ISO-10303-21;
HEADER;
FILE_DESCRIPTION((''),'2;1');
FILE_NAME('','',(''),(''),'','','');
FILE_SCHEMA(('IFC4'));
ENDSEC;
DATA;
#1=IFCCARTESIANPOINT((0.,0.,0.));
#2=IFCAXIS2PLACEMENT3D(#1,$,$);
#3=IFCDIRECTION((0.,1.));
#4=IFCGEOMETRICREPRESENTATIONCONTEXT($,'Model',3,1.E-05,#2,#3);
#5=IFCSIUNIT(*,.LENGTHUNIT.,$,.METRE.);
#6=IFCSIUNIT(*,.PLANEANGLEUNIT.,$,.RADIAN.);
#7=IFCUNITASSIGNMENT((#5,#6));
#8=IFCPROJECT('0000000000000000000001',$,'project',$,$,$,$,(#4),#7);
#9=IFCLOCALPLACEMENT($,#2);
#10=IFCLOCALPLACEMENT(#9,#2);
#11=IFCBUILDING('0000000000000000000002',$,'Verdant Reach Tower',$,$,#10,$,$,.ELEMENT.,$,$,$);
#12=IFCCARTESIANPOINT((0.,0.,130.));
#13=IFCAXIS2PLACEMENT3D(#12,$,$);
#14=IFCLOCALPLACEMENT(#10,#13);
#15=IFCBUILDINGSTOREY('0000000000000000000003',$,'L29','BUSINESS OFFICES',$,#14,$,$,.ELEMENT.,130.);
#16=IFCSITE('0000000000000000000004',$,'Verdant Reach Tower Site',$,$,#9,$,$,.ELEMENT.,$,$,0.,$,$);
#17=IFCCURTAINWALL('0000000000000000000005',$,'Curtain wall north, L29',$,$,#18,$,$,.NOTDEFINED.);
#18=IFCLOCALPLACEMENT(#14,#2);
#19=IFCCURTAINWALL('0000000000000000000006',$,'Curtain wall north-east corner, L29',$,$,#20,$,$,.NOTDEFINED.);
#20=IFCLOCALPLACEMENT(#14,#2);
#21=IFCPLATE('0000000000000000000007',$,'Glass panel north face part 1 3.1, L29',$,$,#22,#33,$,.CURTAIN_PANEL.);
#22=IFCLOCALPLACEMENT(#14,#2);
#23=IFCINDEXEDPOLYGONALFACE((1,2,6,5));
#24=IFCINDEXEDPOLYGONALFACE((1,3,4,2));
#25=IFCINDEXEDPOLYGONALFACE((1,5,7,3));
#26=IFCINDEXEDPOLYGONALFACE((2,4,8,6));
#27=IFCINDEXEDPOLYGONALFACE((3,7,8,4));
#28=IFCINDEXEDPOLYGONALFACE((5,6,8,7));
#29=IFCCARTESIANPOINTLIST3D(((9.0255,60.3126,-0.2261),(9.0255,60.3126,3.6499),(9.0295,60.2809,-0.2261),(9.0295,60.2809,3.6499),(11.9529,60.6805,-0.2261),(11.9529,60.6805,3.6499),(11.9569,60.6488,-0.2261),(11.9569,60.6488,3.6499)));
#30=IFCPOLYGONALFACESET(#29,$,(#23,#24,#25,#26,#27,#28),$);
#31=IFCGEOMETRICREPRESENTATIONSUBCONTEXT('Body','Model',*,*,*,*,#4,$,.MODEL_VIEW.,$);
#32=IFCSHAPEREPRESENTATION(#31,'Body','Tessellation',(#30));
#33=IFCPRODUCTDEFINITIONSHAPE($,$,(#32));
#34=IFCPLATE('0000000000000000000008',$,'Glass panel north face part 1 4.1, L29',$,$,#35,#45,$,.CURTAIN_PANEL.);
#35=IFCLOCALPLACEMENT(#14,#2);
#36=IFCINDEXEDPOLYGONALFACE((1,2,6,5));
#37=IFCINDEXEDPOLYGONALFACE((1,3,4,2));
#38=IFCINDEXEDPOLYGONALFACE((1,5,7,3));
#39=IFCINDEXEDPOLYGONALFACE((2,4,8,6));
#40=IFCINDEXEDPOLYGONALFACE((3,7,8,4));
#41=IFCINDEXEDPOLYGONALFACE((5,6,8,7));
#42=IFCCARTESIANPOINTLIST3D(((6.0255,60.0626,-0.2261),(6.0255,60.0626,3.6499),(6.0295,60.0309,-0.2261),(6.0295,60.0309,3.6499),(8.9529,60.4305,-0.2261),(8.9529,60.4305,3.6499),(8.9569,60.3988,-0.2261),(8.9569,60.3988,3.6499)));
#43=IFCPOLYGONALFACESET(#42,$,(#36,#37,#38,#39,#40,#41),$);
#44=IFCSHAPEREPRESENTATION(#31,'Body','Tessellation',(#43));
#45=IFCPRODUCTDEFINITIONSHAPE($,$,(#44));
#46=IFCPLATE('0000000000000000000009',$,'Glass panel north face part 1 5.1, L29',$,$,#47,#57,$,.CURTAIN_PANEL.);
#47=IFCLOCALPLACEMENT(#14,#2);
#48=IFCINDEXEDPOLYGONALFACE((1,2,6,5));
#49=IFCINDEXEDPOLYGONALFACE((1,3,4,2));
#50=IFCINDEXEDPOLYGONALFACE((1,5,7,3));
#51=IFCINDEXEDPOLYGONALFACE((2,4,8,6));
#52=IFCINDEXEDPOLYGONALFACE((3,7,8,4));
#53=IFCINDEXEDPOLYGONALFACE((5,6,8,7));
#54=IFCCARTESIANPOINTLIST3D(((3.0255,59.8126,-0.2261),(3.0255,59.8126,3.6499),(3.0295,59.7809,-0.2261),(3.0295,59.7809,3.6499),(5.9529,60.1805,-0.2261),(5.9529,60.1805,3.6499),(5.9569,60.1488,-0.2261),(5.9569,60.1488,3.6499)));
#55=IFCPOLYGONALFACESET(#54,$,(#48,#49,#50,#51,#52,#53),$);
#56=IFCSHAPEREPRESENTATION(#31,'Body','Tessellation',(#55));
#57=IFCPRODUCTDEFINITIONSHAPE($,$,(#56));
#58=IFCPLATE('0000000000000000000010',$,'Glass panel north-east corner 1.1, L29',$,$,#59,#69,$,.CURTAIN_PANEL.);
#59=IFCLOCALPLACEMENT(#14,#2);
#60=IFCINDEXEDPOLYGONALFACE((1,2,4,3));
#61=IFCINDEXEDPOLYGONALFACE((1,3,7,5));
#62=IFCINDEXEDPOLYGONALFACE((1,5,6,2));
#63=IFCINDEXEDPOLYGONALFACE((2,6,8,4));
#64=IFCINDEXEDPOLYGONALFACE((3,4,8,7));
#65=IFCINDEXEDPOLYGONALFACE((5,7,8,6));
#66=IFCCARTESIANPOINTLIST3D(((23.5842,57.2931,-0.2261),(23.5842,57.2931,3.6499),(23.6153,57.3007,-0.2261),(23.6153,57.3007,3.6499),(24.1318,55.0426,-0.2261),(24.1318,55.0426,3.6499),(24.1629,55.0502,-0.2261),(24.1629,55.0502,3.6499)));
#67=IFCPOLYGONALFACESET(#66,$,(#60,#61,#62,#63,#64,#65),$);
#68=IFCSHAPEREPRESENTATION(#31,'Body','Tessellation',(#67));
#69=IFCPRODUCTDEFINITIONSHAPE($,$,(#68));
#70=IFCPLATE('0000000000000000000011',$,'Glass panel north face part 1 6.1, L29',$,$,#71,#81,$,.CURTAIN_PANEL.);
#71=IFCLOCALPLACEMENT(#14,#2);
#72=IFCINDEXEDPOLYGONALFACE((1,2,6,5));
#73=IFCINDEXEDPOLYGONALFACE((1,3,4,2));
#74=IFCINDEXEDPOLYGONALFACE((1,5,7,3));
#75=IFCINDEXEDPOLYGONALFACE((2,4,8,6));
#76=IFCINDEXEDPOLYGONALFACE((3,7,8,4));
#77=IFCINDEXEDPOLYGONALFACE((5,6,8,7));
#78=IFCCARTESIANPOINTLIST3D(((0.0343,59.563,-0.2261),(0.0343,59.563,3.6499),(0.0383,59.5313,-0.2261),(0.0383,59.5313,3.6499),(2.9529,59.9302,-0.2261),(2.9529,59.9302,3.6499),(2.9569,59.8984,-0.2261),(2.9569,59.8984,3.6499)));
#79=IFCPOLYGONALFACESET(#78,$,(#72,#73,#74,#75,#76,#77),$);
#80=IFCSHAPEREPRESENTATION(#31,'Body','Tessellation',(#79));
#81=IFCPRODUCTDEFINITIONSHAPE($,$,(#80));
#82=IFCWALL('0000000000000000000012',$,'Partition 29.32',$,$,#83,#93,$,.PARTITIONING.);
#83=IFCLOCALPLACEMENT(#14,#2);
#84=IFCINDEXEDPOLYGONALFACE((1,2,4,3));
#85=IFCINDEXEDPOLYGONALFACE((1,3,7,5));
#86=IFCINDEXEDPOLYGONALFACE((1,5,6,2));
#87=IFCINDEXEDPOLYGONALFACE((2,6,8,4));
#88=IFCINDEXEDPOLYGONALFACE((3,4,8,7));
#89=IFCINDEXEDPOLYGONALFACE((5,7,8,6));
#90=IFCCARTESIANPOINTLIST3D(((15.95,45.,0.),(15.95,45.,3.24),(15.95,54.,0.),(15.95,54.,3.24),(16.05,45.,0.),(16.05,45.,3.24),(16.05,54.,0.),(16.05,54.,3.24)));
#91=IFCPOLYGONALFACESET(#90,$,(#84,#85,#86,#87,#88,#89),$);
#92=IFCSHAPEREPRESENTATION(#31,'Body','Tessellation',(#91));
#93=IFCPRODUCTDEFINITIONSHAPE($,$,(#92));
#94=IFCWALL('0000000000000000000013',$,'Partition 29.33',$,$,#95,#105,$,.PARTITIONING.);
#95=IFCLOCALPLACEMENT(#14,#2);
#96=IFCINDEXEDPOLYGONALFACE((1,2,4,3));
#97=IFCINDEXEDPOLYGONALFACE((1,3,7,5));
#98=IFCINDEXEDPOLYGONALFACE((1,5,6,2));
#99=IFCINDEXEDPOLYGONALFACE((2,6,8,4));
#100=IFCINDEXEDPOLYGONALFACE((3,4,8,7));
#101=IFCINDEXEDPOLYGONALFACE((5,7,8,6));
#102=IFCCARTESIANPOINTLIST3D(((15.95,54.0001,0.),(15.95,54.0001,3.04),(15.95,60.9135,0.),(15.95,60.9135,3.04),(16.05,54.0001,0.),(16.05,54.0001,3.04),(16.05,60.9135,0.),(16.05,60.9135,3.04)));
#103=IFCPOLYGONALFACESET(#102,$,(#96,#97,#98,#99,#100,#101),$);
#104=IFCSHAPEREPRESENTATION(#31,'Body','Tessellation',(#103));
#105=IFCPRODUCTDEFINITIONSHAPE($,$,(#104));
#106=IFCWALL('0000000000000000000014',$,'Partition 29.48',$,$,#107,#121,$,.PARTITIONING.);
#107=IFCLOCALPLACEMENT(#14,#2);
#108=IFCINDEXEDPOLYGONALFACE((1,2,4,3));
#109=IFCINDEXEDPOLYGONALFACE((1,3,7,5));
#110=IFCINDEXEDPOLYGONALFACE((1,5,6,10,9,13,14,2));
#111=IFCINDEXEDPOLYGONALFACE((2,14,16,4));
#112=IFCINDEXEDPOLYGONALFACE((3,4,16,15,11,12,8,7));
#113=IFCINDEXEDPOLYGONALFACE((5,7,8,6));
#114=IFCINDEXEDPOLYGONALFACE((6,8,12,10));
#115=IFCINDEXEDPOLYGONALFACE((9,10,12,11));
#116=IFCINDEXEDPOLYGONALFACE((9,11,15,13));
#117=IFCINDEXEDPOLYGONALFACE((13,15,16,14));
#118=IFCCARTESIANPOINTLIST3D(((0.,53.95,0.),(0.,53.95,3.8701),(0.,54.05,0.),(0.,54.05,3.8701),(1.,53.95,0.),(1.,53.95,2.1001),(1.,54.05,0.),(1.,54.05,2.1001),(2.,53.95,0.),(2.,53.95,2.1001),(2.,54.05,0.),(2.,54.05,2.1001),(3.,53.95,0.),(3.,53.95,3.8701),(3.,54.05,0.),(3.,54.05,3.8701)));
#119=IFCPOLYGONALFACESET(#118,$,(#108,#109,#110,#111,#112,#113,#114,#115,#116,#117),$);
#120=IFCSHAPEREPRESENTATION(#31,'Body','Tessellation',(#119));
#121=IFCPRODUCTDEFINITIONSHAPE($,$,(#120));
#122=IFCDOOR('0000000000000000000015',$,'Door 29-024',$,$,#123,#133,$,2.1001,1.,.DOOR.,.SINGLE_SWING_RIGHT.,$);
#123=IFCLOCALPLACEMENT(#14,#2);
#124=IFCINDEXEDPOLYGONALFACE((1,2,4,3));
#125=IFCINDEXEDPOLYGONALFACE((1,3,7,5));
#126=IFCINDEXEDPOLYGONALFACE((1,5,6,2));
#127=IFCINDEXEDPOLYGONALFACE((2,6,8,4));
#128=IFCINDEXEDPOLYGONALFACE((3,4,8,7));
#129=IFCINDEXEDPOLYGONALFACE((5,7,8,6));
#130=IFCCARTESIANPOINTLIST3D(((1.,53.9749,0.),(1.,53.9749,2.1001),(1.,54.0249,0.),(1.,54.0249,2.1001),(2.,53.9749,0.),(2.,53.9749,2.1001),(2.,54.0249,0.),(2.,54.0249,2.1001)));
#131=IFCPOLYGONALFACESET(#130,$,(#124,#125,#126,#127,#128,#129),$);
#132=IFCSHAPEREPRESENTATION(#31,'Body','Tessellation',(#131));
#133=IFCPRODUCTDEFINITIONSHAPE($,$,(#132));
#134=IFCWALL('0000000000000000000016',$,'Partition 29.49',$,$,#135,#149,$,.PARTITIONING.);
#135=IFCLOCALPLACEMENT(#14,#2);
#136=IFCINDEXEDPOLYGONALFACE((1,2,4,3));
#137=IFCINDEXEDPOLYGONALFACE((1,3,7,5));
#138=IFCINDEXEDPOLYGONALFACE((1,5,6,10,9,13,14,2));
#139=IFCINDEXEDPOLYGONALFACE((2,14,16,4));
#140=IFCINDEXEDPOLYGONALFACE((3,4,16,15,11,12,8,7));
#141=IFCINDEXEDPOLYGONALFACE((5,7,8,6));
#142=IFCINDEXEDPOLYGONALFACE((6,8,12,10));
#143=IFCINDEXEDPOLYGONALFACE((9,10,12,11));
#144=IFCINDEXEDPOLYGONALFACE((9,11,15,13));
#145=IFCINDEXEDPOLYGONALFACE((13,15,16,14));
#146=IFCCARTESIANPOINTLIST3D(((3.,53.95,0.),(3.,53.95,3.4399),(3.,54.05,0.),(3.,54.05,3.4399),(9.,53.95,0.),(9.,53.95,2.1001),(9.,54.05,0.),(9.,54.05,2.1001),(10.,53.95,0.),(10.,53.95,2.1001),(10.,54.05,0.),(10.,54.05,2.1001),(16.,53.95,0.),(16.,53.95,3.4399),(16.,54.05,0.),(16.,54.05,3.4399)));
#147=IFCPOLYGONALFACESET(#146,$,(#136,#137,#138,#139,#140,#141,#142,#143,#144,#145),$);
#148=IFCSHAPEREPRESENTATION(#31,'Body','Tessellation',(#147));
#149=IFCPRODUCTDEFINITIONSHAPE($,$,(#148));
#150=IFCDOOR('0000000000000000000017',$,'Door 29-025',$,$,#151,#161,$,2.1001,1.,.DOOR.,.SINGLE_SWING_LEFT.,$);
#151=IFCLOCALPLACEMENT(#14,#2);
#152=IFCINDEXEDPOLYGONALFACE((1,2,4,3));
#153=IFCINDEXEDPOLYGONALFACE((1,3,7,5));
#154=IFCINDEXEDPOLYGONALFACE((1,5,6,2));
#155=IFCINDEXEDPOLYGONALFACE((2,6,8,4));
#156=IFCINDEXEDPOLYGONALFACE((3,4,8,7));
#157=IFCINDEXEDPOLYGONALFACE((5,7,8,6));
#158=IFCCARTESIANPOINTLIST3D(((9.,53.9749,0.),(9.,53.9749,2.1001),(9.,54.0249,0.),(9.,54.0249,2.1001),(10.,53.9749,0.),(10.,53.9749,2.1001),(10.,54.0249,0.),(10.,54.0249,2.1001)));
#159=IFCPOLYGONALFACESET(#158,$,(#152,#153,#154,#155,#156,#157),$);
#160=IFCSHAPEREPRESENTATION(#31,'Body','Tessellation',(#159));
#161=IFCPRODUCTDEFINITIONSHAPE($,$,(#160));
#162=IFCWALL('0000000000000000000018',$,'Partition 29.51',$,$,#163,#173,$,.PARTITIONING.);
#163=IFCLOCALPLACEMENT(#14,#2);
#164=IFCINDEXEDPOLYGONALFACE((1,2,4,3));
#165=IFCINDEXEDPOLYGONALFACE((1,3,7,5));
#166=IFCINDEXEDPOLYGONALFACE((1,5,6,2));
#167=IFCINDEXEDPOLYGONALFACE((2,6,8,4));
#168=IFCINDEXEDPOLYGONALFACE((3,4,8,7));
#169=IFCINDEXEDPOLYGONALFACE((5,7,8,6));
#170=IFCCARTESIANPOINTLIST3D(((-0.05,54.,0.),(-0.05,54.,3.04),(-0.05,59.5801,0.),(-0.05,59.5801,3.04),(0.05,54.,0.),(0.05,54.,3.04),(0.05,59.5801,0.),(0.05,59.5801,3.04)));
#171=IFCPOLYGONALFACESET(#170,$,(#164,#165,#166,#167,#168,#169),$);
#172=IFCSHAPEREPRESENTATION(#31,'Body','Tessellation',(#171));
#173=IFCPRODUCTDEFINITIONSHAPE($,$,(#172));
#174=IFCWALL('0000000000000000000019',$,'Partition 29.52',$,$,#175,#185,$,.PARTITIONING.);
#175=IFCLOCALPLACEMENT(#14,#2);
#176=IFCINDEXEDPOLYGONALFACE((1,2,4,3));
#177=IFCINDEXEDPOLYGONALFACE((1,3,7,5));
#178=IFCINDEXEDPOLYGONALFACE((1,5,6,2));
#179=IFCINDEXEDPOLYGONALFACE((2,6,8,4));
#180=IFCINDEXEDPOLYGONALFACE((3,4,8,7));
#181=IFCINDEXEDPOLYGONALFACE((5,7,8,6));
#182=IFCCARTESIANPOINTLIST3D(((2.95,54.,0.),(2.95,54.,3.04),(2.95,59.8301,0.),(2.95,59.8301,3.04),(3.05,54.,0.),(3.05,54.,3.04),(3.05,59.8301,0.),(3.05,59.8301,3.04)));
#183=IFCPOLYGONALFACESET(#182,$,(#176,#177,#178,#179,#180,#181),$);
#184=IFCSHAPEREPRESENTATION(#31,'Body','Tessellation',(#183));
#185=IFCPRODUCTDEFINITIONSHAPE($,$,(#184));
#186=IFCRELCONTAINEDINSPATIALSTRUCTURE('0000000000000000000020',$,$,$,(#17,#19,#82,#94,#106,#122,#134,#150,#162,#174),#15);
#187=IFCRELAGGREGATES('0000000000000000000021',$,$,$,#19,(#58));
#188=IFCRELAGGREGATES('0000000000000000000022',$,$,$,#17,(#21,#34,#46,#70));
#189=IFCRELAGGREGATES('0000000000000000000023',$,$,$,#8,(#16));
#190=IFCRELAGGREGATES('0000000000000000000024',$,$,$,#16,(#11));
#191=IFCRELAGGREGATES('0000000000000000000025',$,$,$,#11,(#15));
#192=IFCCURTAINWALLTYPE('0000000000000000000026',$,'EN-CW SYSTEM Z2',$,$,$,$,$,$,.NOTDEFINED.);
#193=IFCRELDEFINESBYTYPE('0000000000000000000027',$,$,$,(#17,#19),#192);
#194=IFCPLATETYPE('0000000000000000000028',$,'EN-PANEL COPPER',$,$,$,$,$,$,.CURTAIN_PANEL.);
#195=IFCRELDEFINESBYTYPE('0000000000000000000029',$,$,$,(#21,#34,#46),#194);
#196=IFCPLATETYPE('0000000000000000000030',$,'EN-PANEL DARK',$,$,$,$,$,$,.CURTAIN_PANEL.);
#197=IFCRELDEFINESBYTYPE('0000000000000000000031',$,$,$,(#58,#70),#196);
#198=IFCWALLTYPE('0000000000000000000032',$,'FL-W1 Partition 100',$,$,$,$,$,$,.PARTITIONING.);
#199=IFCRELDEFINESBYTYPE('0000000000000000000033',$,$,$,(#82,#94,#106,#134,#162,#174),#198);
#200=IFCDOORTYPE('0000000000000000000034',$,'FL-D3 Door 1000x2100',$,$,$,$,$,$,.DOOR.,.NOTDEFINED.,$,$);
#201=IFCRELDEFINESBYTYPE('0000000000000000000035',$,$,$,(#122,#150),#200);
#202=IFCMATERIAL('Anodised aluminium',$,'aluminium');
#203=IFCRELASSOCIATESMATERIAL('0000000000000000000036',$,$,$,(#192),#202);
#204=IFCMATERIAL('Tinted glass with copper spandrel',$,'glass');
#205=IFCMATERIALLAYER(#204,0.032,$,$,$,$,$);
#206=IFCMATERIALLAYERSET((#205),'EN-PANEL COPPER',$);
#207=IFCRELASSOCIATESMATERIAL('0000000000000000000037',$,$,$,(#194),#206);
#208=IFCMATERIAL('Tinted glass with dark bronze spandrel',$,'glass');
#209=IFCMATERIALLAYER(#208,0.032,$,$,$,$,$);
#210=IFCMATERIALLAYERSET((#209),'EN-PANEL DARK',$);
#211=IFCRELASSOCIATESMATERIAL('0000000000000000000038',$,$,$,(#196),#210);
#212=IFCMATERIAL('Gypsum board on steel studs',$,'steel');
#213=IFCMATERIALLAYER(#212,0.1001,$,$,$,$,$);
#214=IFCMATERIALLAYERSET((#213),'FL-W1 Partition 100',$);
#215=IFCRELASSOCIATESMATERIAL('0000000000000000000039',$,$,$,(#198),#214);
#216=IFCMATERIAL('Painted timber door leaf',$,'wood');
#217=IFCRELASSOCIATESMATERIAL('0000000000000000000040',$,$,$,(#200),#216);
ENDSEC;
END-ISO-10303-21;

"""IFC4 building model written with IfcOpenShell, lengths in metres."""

from ifc_helpers import new_model, si_unit, direction, frame, frame_2d, origin, origin_2d, place, context, subcontext, project, spatial, rectangle, extrude, material, layer, layer_set, type_object, element, fill, aggregate, save


model = new_model("IFC4")

# Units and contexts
model_context = context("Model", 3, precision=1e-05, world=origin(), true_north=direction((0.0, 1.0)))
body_context = subcontext(model_context, "Body", "Model", "MODEL_VIEW")
ifc_project = project(units=[si_unit("LENGTHUNIT", "METRE"), si_unit("PLANEANGLEUNIT", "RADIAN")], contexts=[model_context])

# Site, building, storey
site_placement = place(None, origin())
site = spatial("IfcSite", under=ifc_project, at=site_placement, Name="Verdant Reach Tower Site", CompositionType="ELEMENT", RefElevation=0.0)
building_placement = place(site_placement, origin())
building = spatial("IfcBuilding", under=site, at=building_placement, Name="Verdant Reach Tower", CompositionType="ELEMENT")
storey_placement = place(building_placement, frame((0.0, 0.0, 130.0)))
storey = spatial("IfcBuildingStorey", under=building, at=storey_placement, Name="L29", Description="BUSINESS OFFICES", CompositionType="ELEMENT", Elevation=130.0)

# Curtain wall
ifc_material_1 = material(Name="Anodised aluminium", Category="aluminium")
curtain_wall_type = type_object("IfcCurtainWallType", Name="EN-CW SYSTEM Z2", PredefinedType="NOTDEFINED", material=ifc_material_1)
curtain_wall_1_placement = place(storey_placement, origin())
curtain_wall_1 = element("IfcCurtainWall", 1, at=curtain_wall_1_placement, inside=storey, type_object=curtain_wall_type, Name="Curtain wall north, L29", PredefinedType="NOTDEFINED")

# Curtain wall
curtain_wall_2_placement = place(storey_placement, origin())
curtain_wall_2 = element("IfcCurtainWall", 2, at=curtain_wall_2_placement, inside=storey, type_object=curtain_wall_type, Name="Curtain wall north-east corner, L29", PredefinedType="NOTDEFINED")

# Shared definitions
ifc_material_2 = material(Name="Tinted glass with copper spandrel", Category="glass")
ifc_layer_1 = layer(ifc_material_2, 0.032)
ifc_layer_set_1 = layer_set([ifc_layer_1], Name="EN-PANEL COPPER")
plate_type_1 = type_object("IfcPlateType", Name="EN-PANEL COPPER", PredefinedType="CURTAIN_PANEL", material=ifc_layer_set_1)

# Plates
plate_1_placement = place(storey_placement, frame((10.4912, 60.4807, -0.2261), z_axis=(0.0, 0.0, 1.0), x_axis=(-0.992194, -0.124704, 0.0)))
plate_1 = element("IfcPlate", 3, at=plate_1_placement, type_object=plate_type_1, Name="Glass panel north face part 1 3.1, L29", PredefinedType="CURTAIN_PANEL", context=body_context, shape_type="SweptSolid", body=[
    extrude(rectangle(XDim=2.9504, YDim=0.032, at=origin_2d()), origin(), (0.0, 0.0, 1.0), 3.876),
])
plate_2_placement = place(storey_placement, frame((7.4912, 60.2307, -0.2261), z_axis=(0.0, 0.0, 1.0), x_axis=(-0.992194, -0.124704, 0.0)))
plate_2 = element("IfcPlate", 4, at=plate_2_placement, type_object=plate_type_1, Name="Glass panel north face part 1 4.1, L29", PredefinedType="CURTAIN_PANEL", context=body_context, shape_type="SweptSolid", body=[
    extrude(rectangle(XDim=2.9504, YDim=0.032, at=origin_2d()), origin(), (0.0, 0.0, 1.0), 3.876),
])
plate_3_placement = place(storey_placement, frame((4.4912, 59.9807, -0.2261), z_axis=(0.0, 0.0, 1.0), x_axis=(-0.992194, -0.124704, 0.0)))
plate_3 = element("IfcPlate", 5, at=plate_3_placement, type_object=plate_type_1, Name="Glass panel north face part 1 5.1, L29", PredefinedType="CURTAIN_PANEL", context=body_context, shape_type="SweptSolid", body=[
    extrude(rectangle(XDim=2.9504, YDim=0.032, at=origin_2d()), origin(), (0.0, 0.0, 1.0), 3.876),
])
ifc_material_3 = material(Name="Tinted glass with dark bronze spandrel", Category="glass")
ifc_layer_2 = layer(ifc_material_3, 0.032)
ifc_layer_set_2 = layer_set([ifc_layer_2], Name="EN-PANEL DARK")
plate_type_2 = type_object("IfcPlateType", Name="EN-PANEL DARK", PredefinedType="CURTAIN_PANEL", material=ifc_layer_set_2)
plate_4_placement = place(storey_placement, frame((23.8735, 56.1716, -0.2261), z_axis=(0.0, 0.0, 1.0), x_axis=(-0.236416, 0.971652, 0.0)))
plate_4 = element("IfcPlate", 6, at=plate_4_placement, type_object=plate_type_2, Name="Glass panel north-east corner 1.1, L29", PredefinedType="CURTAIN_PANEL", context=body_context, shape_type="SweptSolid", body=[
    extrude(rectangle(XDim=2.3162, YDim=0.032, at=origin_2d()), origin(), (0.0, 0.0, 1.0), 3.876),
])
aggregate(curtain_wall_2, [plate_4])
plate_5_placement = place(storey_placement, frame((1.4956, 59.7307, -0.2261), z_axis=(0.0, 0.0, 1.0), x_axis=(-0.992179, -0.124825, 0.0)))
plate_5 = element("IfcPlate", 7, at=plate_5_placement, type_object=plate_type_2, Name="Glass panel north face part 1 6.1, L29", PredefinedType="CURTAIN_PANEL", context=body_context, shape_type="SweptSolid", body=[
    extrude(rectangle(XDim=2.9417, YDim=0.032, at=origin_2d()), origin(), (0.0, 0.0, 1.0), 3.876),
])
aggregate(curtain_wall_1, [plate_1, plate_2, plate_3, plate_5])

# Walls
ifc_material_4 = material(Name="Gypsum board on steel studs", Category="steel")
ifc_layer_3 = layer(ifc_material_4, 0.1001)
ifc_layer_set_3 = layer_set([ifc_layer_3], Name="FL-W1 Partition 100")
wall_type = type_object("IfcWallType", Name="FL-W1 Partition 100", PredefinedType="PARTITIONING", material=ifc_layer_set_3)
wall_1_placement = place(storey_placement, frame((16.0, 54.0, 0.0), z_axis=(0.0, 0.0, 1.0), x_axis=(0.0, -1.0, 0.0)))
element("IfcWall", 8, at=wall_1_placement, inside=storey, type_object=wall_type, Name="Partition 29.32", PredefinedType="PARTITIONING", context=body_context, shape_type="SweptSolid", body=[
    extrude(rectangle(XDim=9.0, YDim=0.1001, at=frame_2d((4.5, 0.0))), origin(), (0.0, 0.0, 1.0), 3.24),
])
wall_2_placement = place(storey_placement, frame((16.0, 60.9133, 0.0), z_axis=(0.0, 0.0, 1.0), x_axis=(0.0, -1.0, 0.0)))
element("IfcWall", 9, at=wall_2_placement, inside=storey, type_object=wall_type, Name="Partition 29.33", PredefinedType="PARTITIONING", context=body_context, shape_type="SweptSolid", body=[
    extrude(rectangle(XDim=6.9133, YDim=0.1001, at=frame_2d((3.4565, 0.0))), origin(), (0.0, 0.0, 1.0), 3.04),
])

# Walls, openings, doors
wall_3_placement = place(storey_placement, frame((0.0, 54.0, 0.0), z_axis=(0.0, 0.0, 1.0), x_axis=(1.0, 0.0, 0.0)))
wall_3 = element("IfcWall", 10, at=wall_3_placement, inside=storey, type_object=wall_type, Name="Partition 29.48", PredefinedType="PARTITIONING", context=body_context, shape_type="SweptSolid", body=[
    extrude(rectangle(XDim=3.0, YDim=0.1001, at=frame_2d((1.5, 0.0))), origin(), (0.0, 0.0, 1.0), 3.8701),
])
opening_1_placement = place(wall_3_placement, frame((1.0, 0.0, 0.0)))
opening_1 = element("IfcOpeningElement", 11, at=opening_1_placement, cuts=wall_3, PredefinedType="OPENING", context=body_context, shape_type="SweptSolid", body=[
    extrude(rectangle(XDim=1.0, YDim=2.1001, at=frame_2d((0.5, 1.05))), frame((0.0, 0.0601, 0.0), z_axis=(0.0, -1.0, 0.0), x_axis=(1.0, 0.0, 0.0)), (0.0, 0.0, 1.0), 0.1201),
])
ifc_material_5 = material(Name="Painted timber door leaf", Category="wood")
door_type = type_object("IfcDoorType", Name="FL-D3 Door 1000x2100", OperationType="NOTDEFINED", PredefinedType="DOOR", material=ifc_material_5)
door_1_placement = place(opening_1_placement, origin())
door_1 = element("IfcDoor", 12, at=door_1_placement, inside=storey, type_object=door_type, Name="Door 29-024", OperationType="SINGLE_SWING_RIGHT", OverallHeight=2.1001, OverallWidth=1.0, PredefinedType="DOOR", context=body_context, shape_type="SweptSolid", body=[
    extrude(rectangle(XDim=1.0, YDim=2.1001, at=frame_2d((0.5, 1.05))), frame((0.0, 0.0249, 0.0), z_axis=(0.0, -1.0, 0.0), x_axis=(1.0, 0.0, 0.0)), (0.0, 0.0, 1.0), 0.05),
])
fill(opening_1, door_1)
wall_4_placement = place(storey_placement, frame((3.0, 54.0, 0.0), z_axis=(0.0, 0.0, 1.0), x_axis=(1.0, 0.0, 0.0)))
wall_4 = element("IfcWall", 13, at=wall_4_placement, inside=storey, type_object=wall_type, Name="Partition 29.49", PredefinedType="PARTITIONING", context=body_context, shape_type="SweptSolid", body=[
    extrude(rectangle(XDim=13.0, YDim=0.1001, at=frame_2d((6.5, 0.0))), origin(), (0.0, 0.0, 1.0), 3.4399),
])
opening_2_placement = place(wall_4_placement, frame((6.0, 0.0, 0.0)))
opening_2 = element("IfcOpeningElement", 14, at=opening_2_placement, cuts=wall_4, PredefinedType="OPENING", context=body_context, shape_type="SweptSolid", body=[
    extrude(rectangle(XDim=1.0, YDim=2.1001, at=frame_2d((0.5, 1.05))), frame((0.0, 0.0601, 0.0), z_axis=(0.0, -1.0, 0.0), x_axis=(1.0, 0.0, 0.0)), (0.0, 0.0, 1.0), 0.1201),
])
door_2_placement = place(opening_2_placement, origin())
door_2 = element("IfcDoor", 15, at=door_2_placement, inside=storey, type_object=door_type, Name="Door 29-025", OperationType="SINGLE_SWING_LEFT", OverallHeight=2.1001, OverallWidth=1.0, PredefinedType="DOOR", context=body_context, shape_type="SweptSolid", body=[
    extrude(rectangle(XDim=1.0, YDim=2.1001, at=frame_2d((0.5, 1.05))), frame((0.0, 0.0249, 0.0), z_axis=(0.0, -1.0, 0.0), x_axis=(1.0, 0.0, 0.0)), (0.0, 0.0, 1.0), 0.05),
])
fill(opening_2, door_2)

# Walls
wall_5_placement = place(storey_placement, frame((0.0, 54.0, 0.0), z_axis=(0.0, 0.0, 1.0), x_axis=(0.0, 1.0, 0.0)))
element("IfcWall", 16, at=wall_5_placement, inside=storey, type_object=wall_type, Name="Partition 29.51", PredefinedType="PARTITIONING", context=body_context, shape_type="SweptSolid", body=[
    extrude(rectangle(XDim=5.5801, YDim=0.1001, at=frame_2d((2.79, 0.0))), origin(), (0.0, 0.0, 1.0), 3.04),
])
wall_6_placement = place(storey_placement, frame((3.0, 54.0, 0.0), z_axis=(0.0, 0.0, 1.0), x_axis=(0.0, 1.0, 0.0)))
element("IfcWall", 17, at=wall_6_placement, inside=storey, type_object=wall_type, Name="Partition 29.52", PredefinedType="PARTITIONING", context=body_context, shape_type="SweptSolid", body=[
    extrude(rectangle(XDim=5.8301, YDim=0.1001, at=frame_2d((2.915, 0.0))), origin(), (0.0, 0.0, 1.0), 3.04),
])

save(model, "model.ifc")
